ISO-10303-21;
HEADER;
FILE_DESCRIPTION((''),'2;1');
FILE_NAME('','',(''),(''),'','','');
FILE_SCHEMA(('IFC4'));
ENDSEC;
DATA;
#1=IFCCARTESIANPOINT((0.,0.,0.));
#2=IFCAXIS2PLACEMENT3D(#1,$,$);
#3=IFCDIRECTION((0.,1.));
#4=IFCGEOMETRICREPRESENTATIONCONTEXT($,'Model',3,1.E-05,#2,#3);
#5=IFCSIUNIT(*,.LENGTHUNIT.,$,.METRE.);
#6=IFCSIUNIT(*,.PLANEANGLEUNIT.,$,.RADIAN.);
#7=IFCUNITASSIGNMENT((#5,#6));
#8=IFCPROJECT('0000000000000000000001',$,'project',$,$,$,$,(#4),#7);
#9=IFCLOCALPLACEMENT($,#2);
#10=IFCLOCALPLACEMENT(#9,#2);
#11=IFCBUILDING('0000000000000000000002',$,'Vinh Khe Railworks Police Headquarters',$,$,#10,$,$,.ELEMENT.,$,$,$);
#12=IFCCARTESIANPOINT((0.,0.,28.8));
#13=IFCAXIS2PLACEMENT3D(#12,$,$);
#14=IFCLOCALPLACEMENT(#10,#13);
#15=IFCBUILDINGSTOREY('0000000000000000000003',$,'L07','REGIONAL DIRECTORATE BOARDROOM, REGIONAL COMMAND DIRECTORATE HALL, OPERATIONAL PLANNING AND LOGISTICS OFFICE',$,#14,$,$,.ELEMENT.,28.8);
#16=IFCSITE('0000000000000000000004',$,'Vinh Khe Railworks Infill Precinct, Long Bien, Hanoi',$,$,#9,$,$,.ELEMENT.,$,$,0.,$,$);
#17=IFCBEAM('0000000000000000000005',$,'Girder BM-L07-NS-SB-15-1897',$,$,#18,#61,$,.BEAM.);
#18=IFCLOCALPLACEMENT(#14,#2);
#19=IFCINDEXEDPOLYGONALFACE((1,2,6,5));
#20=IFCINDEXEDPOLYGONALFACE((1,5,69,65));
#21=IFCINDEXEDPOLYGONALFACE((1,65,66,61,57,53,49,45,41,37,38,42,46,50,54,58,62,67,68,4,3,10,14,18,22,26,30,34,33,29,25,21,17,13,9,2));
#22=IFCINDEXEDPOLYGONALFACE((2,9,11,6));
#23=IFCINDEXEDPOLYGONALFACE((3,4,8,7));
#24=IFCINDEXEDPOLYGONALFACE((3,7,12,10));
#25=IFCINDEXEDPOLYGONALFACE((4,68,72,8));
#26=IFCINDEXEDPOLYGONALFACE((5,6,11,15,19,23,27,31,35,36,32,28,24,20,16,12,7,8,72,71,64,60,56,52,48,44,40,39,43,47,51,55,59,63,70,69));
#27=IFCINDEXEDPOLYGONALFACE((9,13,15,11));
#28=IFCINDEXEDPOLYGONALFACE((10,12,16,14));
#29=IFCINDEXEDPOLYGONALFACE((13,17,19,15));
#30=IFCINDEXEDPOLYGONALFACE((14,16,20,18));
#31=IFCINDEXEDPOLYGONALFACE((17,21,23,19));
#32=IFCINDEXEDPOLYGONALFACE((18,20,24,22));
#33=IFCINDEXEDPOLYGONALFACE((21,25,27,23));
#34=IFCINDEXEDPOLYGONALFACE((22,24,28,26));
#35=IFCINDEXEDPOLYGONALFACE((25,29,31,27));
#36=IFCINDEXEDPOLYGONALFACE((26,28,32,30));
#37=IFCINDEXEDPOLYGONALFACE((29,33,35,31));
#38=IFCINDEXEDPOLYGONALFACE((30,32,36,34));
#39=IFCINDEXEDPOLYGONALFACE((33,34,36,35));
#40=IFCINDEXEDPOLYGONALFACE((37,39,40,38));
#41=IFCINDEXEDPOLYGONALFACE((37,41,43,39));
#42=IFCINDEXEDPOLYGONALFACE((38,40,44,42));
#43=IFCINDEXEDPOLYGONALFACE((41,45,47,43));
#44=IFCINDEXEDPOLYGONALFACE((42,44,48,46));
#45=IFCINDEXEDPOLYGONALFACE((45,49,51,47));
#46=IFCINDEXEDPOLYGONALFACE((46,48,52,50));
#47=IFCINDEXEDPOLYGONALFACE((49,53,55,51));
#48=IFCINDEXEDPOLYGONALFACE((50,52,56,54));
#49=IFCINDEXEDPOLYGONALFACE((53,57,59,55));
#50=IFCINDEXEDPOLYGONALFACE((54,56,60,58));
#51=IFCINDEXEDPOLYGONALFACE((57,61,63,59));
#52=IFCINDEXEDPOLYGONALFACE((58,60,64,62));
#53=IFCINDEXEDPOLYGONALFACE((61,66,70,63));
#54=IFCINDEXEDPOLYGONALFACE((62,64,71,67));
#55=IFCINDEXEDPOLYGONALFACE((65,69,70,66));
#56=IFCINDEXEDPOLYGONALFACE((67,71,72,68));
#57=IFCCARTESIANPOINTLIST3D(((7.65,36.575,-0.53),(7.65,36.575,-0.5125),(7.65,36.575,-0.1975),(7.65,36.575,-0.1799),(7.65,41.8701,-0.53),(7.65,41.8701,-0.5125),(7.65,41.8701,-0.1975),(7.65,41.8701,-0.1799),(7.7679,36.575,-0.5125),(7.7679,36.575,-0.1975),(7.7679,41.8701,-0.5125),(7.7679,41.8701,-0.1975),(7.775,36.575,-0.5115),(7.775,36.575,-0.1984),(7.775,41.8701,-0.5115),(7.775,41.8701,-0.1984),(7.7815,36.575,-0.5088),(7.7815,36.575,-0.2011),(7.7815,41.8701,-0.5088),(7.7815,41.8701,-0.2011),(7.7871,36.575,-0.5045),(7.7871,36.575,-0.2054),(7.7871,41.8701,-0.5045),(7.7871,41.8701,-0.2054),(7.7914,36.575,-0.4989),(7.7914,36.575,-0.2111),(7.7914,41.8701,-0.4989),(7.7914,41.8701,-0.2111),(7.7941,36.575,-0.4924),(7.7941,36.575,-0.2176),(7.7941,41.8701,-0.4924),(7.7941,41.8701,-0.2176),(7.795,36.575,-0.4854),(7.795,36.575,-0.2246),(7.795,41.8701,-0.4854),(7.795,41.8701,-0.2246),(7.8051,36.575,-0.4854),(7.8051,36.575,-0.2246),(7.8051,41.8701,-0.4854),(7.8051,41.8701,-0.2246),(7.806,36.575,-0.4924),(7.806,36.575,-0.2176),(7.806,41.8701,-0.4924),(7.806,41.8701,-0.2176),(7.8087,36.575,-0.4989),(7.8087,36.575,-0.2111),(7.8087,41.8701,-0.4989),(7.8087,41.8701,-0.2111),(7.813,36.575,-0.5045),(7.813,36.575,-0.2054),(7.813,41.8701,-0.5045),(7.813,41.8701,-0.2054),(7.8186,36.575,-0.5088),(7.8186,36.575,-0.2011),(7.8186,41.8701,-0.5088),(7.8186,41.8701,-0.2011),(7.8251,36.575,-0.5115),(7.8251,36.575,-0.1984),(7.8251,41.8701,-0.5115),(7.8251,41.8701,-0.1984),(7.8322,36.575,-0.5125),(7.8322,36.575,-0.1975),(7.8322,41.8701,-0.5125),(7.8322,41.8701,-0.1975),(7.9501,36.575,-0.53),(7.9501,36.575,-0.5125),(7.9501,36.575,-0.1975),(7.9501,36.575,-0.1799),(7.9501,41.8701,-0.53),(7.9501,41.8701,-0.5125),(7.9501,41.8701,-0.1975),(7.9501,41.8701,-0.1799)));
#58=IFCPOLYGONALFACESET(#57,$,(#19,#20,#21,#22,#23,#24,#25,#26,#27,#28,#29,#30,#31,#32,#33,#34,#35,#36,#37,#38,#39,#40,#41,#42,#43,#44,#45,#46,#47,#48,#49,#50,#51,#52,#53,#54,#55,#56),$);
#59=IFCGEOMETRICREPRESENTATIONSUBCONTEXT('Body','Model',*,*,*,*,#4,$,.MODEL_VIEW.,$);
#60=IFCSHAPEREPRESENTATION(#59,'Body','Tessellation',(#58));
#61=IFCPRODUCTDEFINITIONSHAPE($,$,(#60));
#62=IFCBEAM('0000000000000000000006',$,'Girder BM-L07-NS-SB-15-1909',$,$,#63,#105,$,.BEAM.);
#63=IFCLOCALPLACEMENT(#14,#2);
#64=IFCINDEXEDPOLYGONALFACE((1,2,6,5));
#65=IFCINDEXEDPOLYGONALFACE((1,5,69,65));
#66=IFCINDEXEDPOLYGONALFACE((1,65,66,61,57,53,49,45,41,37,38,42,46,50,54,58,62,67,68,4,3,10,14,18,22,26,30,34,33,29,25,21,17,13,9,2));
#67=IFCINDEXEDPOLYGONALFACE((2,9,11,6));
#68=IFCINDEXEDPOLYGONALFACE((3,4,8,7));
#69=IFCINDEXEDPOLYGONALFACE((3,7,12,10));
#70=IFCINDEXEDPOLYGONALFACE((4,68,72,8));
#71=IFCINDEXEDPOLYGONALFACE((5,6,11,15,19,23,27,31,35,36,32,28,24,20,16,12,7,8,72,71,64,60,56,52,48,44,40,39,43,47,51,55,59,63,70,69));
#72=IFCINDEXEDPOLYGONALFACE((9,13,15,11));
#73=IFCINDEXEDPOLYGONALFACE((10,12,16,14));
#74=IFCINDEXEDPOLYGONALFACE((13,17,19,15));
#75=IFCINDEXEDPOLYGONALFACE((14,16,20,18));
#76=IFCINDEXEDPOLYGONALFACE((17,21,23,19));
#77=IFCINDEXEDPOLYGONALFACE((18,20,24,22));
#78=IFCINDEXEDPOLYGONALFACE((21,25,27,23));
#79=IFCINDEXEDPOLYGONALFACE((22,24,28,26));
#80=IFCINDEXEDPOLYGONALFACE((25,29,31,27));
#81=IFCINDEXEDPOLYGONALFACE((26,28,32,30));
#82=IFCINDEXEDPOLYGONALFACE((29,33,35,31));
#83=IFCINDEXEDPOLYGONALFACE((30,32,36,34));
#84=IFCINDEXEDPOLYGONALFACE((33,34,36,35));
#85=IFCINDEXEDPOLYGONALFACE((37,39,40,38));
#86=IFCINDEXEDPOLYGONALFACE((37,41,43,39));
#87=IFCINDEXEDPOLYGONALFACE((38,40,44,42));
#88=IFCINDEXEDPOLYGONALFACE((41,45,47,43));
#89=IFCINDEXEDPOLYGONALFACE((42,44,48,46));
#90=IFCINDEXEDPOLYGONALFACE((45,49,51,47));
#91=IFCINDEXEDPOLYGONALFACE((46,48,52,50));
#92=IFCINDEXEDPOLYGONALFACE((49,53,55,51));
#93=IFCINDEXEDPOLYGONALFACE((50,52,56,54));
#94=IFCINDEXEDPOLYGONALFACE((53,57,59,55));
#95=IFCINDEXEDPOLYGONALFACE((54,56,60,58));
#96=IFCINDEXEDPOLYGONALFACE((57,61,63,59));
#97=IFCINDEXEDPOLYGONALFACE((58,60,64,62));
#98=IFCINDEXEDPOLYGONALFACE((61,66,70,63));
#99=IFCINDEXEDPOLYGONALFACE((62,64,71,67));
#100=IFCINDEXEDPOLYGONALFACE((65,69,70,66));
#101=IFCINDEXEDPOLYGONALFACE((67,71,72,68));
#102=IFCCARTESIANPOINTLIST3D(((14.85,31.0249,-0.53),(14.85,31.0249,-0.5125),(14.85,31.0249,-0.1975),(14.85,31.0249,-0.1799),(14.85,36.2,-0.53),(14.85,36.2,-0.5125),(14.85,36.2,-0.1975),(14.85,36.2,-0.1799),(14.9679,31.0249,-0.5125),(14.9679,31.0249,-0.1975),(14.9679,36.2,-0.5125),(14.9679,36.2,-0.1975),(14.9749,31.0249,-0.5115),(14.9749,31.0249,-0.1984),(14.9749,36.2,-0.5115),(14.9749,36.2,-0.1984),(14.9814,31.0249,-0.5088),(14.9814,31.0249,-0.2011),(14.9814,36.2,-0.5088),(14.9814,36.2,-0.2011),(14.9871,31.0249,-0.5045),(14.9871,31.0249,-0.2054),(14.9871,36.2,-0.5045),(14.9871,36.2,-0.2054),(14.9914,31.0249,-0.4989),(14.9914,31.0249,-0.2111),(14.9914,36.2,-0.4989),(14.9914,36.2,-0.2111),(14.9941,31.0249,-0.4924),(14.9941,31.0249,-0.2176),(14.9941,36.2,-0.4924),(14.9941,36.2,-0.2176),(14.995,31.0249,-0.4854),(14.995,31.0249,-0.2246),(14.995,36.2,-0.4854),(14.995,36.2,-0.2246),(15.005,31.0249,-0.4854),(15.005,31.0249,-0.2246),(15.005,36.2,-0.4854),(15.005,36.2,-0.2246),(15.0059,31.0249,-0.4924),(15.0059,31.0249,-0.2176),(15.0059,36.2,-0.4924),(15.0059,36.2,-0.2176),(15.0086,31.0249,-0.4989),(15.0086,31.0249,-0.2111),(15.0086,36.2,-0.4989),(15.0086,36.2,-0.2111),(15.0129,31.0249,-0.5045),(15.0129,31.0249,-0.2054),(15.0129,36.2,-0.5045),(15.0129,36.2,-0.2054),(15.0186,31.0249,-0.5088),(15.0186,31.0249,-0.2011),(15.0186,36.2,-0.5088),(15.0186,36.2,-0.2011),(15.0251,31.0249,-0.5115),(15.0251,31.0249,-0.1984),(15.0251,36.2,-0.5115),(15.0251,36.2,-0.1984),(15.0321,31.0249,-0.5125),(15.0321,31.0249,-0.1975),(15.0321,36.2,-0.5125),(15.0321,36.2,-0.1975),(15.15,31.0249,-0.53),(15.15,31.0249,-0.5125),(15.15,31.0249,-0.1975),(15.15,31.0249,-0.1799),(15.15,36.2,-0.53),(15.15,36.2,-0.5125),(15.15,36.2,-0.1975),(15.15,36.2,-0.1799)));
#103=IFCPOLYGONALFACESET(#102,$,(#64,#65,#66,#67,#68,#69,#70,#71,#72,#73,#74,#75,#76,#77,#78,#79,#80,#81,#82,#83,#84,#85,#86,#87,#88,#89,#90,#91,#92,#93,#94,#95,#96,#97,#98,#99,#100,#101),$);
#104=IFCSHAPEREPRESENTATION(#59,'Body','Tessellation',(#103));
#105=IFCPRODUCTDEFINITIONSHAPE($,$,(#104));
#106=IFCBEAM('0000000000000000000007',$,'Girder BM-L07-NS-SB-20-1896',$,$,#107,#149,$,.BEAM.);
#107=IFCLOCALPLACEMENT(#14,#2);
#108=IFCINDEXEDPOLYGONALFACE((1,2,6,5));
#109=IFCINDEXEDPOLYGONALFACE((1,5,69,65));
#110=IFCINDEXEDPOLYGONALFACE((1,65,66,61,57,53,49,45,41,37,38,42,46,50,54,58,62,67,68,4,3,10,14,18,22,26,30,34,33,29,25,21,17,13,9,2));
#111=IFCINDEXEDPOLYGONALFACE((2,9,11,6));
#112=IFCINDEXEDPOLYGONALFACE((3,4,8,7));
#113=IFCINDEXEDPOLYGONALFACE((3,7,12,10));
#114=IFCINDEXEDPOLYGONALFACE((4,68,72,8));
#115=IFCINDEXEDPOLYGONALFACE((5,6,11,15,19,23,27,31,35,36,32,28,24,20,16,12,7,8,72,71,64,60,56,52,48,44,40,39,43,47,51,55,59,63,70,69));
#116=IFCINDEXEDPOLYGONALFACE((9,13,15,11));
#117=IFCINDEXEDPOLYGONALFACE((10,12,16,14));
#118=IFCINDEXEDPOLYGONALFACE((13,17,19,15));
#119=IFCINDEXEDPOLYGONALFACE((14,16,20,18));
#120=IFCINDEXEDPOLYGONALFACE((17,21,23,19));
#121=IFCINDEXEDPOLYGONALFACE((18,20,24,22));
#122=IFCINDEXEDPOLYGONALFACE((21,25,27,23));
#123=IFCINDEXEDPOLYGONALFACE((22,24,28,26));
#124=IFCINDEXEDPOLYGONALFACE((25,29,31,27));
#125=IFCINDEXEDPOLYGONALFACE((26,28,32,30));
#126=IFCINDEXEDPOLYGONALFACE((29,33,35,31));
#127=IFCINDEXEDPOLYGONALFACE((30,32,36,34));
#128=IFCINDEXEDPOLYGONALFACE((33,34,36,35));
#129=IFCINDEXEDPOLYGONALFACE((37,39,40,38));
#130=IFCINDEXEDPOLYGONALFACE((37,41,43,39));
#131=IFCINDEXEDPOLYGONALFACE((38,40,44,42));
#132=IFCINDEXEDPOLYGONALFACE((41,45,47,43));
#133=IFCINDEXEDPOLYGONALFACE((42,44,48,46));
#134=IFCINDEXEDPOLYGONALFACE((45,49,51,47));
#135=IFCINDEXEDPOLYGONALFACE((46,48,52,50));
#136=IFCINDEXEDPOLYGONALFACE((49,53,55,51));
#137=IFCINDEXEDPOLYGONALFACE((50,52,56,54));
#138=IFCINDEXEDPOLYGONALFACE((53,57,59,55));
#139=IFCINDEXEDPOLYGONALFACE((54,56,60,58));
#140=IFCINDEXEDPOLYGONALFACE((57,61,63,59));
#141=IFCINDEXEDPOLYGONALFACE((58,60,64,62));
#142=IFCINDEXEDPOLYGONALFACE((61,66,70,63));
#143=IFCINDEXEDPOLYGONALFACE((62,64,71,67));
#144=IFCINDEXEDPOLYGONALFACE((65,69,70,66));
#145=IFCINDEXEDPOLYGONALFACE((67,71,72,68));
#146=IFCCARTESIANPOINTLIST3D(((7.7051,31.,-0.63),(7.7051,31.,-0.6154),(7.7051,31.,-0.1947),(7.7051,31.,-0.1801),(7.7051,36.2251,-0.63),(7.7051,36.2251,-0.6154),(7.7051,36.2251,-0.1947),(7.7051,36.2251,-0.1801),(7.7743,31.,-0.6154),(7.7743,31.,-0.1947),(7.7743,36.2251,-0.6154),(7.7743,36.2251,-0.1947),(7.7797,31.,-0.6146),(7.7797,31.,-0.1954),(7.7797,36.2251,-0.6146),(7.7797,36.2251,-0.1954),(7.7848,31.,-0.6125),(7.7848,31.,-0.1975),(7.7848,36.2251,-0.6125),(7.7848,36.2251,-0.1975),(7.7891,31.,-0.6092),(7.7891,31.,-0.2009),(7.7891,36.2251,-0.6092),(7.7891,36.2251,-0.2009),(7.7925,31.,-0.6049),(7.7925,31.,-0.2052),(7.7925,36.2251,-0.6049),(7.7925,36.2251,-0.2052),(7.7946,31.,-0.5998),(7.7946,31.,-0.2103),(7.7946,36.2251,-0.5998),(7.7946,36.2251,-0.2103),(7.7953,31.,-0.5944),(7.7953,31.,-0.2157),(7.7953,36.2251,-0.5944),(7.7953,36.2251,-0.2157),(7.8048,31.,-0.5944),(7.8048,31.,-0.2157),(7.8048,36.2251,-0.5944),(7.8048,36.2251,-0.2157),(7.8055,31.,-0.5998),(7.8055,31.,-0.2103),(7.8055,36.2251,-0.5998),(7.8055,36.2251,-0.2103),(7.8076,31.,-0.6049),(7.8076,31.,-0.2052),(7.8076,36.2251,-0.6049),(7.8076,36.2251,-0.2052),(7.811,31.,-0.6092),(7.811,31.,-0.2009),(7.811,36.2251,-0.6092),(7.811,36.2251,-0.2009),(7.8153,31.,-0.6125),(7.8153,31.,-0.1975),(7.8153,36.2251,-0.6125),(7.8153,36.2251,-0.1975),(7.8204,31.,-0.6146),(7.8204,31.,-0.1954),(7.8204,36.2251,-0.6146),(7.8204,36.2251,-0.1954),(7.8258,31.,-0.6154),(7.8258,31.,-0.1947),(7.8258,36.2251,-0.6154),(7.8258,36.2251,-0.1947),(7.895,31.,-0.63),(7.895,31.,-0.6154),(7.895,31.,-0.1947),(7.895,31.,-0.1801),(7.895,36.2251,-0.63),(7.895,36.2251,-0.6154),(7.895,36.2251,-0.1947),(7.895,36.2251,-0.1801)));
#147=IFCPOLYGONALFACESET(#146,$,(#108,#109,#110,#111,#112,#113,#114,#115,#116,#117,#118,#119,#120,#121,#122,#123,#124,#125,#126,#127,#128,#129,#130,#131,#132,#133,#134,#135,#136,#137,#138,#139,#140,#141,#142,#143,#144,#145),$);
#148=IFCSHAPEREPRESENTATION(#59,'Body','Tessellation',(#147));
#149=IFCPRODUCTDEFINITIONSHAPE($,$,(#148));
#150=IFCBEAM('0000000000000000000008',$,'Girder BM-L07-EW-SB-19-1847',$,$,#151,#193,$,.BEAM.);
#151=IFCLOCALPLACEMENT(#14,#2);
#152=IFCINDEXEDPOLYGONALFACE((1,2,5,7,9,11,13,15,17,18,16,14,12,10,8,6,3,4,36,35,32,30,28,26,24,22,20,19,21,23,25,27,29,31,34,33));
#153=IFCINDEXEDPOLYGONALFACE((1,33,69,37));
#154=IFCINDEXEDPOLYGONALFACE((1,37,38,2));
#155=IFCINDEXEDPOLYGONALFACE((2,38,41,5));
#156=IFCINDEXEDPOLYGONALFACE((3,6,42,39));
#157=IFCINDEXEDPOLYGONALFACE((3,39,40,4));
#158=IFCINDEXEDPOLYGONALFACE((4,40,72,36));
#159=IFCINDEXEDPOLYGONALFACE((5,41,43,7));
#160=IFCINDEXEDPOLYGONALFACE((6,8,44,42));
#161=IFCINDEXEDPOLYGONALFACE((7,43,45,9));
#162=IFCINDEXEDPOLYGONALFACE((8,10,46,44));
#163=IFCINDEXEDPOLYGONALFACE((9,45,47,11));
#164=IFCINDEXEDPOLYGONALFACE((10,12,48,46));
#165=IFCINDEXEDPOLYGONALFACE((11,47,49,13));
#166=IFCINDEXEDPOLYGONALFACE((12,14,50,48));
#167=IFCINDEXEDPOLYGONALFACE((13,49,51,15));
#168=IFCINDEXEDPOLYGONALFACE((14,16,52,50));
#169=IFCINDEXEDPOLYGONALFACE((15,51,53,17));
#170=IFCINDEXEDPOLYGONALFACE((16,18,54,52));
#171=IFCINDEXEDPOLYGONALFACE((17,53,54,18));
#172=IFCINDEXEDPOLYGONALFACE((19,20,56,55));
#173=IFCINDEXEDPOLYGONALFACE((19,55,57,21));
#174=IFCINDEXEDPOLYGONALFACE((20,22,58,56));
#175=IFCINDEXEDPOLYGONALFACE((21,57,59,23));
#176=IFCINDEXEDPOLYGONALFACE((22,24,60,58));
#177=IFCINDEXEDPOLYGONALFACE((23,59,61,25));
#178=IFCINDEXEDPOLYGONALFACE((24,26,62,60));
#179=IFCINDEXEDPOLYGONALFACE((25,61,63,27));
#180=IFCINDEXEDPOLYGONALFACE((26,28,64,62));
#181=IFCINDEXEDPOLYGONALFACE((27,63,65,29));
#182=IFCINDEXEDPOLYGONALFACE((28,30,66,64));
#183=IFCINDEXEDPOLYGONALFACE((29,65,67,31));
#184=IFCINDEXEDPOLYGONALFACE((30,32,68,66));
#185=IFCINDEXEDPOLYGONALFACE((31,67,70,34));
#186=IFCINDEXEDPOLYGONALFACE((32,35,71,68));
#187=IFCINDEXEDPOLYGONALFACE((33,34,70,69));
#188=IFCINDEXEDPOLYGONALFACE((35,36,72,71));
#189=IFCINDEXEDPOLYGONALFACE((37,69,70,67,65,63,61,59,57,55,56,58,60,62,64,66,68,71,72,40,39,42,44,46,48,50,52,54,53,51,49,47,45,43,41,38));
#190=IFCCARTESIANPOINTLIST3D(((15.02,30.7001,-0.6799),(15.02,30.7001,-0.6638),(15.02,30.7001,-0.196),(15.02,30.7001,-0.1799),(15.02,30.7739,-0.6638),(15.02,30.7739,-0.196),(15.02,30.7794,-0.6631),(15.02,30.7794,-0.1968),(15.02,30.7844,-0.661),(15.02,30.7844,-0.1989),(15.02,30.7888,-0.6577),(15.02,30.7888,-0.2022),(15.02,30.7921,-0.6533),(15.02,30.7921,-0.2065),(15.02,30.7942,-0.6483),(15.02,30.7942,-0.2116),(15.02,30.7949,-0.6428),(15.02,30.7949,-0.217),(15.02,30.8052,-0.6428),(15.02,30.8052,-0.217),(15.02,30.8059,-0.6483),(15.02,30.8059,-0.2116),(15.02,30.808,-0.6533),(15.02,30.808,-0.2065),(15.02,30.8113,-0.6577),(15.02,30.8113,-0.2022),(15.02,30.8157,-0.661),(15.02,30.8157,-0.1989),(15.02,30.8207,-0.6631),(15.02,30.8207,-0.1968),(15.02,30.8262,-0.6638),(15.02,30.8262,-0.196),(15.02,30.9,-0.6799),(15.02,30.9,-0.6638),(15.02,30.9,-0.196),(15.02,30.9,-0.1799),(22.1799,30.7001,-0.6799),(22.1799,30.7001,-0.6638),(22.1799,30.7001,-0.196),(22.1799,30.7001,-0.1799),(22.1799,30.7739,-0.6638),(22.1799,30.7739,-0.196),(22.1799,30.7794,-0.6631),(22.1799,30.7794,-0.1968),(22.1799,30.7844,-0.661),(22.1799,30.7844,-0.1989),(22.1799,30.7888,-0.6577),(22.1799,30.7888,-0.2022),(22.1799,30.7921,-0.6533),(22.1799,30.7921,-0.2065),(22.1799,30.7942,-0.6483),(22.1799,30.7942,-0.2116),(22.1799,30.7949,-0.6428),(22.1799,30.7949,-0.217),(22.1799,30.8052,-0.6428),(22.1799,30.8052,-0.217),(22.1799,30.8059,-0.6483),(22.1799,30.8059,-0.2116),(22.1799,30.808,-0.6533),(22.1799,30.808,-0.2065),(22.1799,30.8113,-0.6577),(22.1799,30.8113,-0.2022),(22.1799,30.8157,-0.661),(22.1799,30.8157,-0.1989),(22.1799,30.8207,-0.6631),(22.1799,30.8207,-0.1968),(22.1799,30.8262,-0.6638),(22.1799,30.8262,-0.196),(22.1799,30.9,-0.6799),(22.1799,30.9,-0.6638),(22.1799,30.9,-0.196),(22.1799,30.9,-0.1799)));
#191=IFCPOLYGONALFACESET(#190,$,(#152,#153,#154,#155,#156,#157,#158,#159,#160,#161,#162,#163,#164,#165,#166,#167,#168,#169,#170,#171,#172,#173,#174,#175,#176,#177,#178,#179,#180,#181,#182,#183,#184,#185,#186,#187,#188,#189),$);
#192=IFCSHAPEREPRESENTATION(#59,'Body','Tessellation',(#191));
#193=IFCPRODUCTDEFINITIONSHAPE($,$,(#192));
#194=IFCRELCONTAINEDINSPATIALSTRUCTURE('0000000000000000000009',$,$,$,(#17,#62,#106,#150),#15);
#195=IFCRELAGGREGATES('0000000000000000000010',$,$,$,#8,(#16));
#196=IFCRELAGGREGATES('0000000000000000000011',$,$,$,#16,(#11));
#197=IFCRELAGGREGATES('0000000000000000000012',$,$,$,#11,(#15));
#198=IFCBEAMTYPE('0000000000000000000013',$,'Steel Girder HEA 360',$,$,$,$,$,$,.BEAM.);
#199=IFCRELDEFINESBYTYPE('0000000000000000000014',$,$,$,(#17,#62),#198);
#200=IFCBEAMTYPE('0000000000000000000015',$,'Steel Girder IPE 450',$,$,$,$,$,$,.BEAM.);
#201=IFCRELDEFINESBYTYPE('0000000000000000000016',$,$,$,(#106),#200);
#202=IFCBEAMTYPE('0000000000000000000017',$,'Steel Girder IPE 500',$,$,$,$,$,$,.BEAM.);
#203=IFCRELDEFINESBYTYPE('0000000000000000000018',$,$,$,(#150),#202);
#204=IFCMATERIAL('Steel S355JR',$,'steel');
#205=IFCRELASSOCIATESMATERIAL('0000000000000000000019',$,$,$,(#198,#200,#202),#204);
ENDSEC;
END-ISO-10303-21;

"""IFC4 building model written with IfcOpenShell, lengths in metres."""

from ifc_helpers import new_model, si_unit, direction, frame, origin, origin_2d, place, context, subcontext, project, spatial, i_section, extrude, material, material_profile, profile_set, type_object, element, save


model = new_model("IFC4")

# Units and contexts
model_context = context("Model", 3, precision=1e-05, world=origin(), true_north=direction((0.0, 1.0)))
body_context = subcontext(model_context, "Body", "Model", "MODEL_VIEW")
ifc_project = project(units=[si_unit("LENGTHUNIT", "METRE"), si_unit("PLANEANGLEUNIT", "RADIAN")], contexts=[model_context])

# Site, building, storey
site_placement = place(None, origin())
site = spatial("IfcSite", under=ifc_project, at=site_placement, Name="Vinh Khe Railworks Infill Precinct, Long Bien, Hanoi", CompositionType="ELEMENT", RefElevation=0.0)
building_placement = place(site_placement, origin())
building = spatial("IfcBuilding", under=site, at=building_placement, Name="Vinh Khe Railworks Police Headquarters", CompositionType="ELEMENT")
storey_placement = place(building_placement, frame((0.0, 0.0, 28.8)))
storey = spatial("IfcBuildingStorey", under=building, at=storey_placement, Name="L07", Description="REGIONAL DIRECTORATE BOARDROOM, REGIONAL COMMAND DIRECTORATE HALL, OPERATIONAL PLANNING AND LOGISTICS OFFICE", CompositionType="ELEMENT", Elevation=28.8)

# Shared definitions
ifc_material_1 = material(Name="Steel S355JR", Category="steel")

# Beams
ifc_material_profile_1 = material_profile(ifc_material_1, i_section(OverallWidth=0.3, OverallDepth=0.3501, WebThickness=0.01, FlangeThickness=0.0176, FilletRadius=0.0271, at=origin_2d()), Name="HEA 360")
ifc_profile_set_1 = profile_set([ifc_material_profile_1], Name="Steel S355JR")
beam_type_1 = type_object("IfcBeamType", Name="Steel Girder HEA 360", PredefinedType="BEAM", material=ifc_profile_set_1)
beam_1_placement = place(storey_placement, frame((7.8, 36.575, -0.355), z_axis=(0.0, 1.0, 0.0), x_axis=(-1.0, 0.0, 0.0)))
element("IfcBeam", 1, at=beam_1_placement, inside=storey, type_object=beam_type_1, Name="Girder BM-L07-NS-SB-15-1897", PredefinedType="BEAM", context=body_context, shape_type="SweptSolid", body=[
    extrude(i_section(OverallWidth=0.3, OverallDepth=0.3501, WebThickness=0.01, FlangeThickness=0.0176, FilletRadius=0.0271, at=origin_2d()), origin(), (0.0, 0.0, 1.0), 5.2952),
])
beam_2_placement = place(storey_placement, frame((15.0, 31.0249, -0.355), z_axis=(0.0, 1.0, 0.0), x_axis=(-1.0, 0.0, 0.0)))
element("IfcBeam", 2, at=beam_2_placement, inside=storey, type_object=beam_type_1, Name="Girder BM-L07-NS-SB-15-1909", PredefinedType="BEAM", context=body_context, shape_type="SweptSolid", body=[
    extrude(i_section(OverallWidth=0.3, OverallDepth=0.3501, WebThickness=0.01, FlangeThickness=0.0176, FilletRadius=0.0271, at=origin_2d()), origin(), (0.0, 0.0, 1.0), 5.175),
])
ifc_material_profile_2 = material_profile(ifc_material_1, i_section(OverallWidth=0.1899, OverallDepth=0.45, WebThickness=0.0095, FlangeThickness=0.0146, FilletRadius=0.021, at=origin_2d()), Name="IPE 450")
ifc_profile_set_2 = profile_set([ifc_material_profile_2], Name="Steel S355JR")
beam_type_2 = type_object("IfcBeamType", Name="Steel Girder IPE 450", PredefinedType="BEAM", material=ifc_profile_set_2)
beam_3_placement = place(storey_placement, frame((7.8, 31.0, -0.405), z_axis=(0.0, 1.0, 0.0), x_axis=(-1.0, 0.0, 0.0)))
element("IfcBeam", 3, at=beam_3_placement, inside=storey, type_object=beam_type_2, Name="Girder BM-L07-NS-SB-20-1896", PredefinedType="BEAM", context=body_context, shape_type="SweptSolid", body=[
    extrude(i_section(OverallWidth=0.1899, OverallDepth=0.45, WebThickness=0.0095, FlangeThickness=0.0146, FilletRadius=0.021, at=origin_2d()), origin(), (0.0, 0.0, 1.0), 5.2251),
])
ifc_material_profile_3 = material_profile(ifc_material_1, i_section(OverallWidth=0.2, OverallDepth=0.5, WebThickness=0.0103, FlangeThickness=0.0161, FilletRadius=0.021, at=origin_2d()), Name="IPE 500")
ifc_profile_set_3 = profile_set([ifc_material_profile_3], Name="Steel S355JR")
beam_type_3 = type_object("IfcBeamType", Name="Steel Girder IPE 500", PredefinedType="BEAM", material=ifc_profile_set_3)
beam_4_placement = place(storey_placement, frame((15.02, 30.8, -0.4299), z_axis=(1.0, 0.0, 0.0), x_axis=(0.0, 1.0, 0.0)))
element("IfcBeam", 4, at=beam_4_placement, inside=storey, type_object=beam_type_3, Name="Girder BM-L07-EW-SB-19-1847", PredefinedType="BEAM", context=body_context, shape_type="SweptSolid", body=[
    extrude(i_section(OverallWidth=0.2, OverallDepth=0.5, WebThickness=0.0103, FlangeThickness=0.0161, FilletRadius=0.021, at=origin_2d()), origin(), (0.0, 0.0, 1.0), 7.1599),
])

save(model, "model.ifc")
